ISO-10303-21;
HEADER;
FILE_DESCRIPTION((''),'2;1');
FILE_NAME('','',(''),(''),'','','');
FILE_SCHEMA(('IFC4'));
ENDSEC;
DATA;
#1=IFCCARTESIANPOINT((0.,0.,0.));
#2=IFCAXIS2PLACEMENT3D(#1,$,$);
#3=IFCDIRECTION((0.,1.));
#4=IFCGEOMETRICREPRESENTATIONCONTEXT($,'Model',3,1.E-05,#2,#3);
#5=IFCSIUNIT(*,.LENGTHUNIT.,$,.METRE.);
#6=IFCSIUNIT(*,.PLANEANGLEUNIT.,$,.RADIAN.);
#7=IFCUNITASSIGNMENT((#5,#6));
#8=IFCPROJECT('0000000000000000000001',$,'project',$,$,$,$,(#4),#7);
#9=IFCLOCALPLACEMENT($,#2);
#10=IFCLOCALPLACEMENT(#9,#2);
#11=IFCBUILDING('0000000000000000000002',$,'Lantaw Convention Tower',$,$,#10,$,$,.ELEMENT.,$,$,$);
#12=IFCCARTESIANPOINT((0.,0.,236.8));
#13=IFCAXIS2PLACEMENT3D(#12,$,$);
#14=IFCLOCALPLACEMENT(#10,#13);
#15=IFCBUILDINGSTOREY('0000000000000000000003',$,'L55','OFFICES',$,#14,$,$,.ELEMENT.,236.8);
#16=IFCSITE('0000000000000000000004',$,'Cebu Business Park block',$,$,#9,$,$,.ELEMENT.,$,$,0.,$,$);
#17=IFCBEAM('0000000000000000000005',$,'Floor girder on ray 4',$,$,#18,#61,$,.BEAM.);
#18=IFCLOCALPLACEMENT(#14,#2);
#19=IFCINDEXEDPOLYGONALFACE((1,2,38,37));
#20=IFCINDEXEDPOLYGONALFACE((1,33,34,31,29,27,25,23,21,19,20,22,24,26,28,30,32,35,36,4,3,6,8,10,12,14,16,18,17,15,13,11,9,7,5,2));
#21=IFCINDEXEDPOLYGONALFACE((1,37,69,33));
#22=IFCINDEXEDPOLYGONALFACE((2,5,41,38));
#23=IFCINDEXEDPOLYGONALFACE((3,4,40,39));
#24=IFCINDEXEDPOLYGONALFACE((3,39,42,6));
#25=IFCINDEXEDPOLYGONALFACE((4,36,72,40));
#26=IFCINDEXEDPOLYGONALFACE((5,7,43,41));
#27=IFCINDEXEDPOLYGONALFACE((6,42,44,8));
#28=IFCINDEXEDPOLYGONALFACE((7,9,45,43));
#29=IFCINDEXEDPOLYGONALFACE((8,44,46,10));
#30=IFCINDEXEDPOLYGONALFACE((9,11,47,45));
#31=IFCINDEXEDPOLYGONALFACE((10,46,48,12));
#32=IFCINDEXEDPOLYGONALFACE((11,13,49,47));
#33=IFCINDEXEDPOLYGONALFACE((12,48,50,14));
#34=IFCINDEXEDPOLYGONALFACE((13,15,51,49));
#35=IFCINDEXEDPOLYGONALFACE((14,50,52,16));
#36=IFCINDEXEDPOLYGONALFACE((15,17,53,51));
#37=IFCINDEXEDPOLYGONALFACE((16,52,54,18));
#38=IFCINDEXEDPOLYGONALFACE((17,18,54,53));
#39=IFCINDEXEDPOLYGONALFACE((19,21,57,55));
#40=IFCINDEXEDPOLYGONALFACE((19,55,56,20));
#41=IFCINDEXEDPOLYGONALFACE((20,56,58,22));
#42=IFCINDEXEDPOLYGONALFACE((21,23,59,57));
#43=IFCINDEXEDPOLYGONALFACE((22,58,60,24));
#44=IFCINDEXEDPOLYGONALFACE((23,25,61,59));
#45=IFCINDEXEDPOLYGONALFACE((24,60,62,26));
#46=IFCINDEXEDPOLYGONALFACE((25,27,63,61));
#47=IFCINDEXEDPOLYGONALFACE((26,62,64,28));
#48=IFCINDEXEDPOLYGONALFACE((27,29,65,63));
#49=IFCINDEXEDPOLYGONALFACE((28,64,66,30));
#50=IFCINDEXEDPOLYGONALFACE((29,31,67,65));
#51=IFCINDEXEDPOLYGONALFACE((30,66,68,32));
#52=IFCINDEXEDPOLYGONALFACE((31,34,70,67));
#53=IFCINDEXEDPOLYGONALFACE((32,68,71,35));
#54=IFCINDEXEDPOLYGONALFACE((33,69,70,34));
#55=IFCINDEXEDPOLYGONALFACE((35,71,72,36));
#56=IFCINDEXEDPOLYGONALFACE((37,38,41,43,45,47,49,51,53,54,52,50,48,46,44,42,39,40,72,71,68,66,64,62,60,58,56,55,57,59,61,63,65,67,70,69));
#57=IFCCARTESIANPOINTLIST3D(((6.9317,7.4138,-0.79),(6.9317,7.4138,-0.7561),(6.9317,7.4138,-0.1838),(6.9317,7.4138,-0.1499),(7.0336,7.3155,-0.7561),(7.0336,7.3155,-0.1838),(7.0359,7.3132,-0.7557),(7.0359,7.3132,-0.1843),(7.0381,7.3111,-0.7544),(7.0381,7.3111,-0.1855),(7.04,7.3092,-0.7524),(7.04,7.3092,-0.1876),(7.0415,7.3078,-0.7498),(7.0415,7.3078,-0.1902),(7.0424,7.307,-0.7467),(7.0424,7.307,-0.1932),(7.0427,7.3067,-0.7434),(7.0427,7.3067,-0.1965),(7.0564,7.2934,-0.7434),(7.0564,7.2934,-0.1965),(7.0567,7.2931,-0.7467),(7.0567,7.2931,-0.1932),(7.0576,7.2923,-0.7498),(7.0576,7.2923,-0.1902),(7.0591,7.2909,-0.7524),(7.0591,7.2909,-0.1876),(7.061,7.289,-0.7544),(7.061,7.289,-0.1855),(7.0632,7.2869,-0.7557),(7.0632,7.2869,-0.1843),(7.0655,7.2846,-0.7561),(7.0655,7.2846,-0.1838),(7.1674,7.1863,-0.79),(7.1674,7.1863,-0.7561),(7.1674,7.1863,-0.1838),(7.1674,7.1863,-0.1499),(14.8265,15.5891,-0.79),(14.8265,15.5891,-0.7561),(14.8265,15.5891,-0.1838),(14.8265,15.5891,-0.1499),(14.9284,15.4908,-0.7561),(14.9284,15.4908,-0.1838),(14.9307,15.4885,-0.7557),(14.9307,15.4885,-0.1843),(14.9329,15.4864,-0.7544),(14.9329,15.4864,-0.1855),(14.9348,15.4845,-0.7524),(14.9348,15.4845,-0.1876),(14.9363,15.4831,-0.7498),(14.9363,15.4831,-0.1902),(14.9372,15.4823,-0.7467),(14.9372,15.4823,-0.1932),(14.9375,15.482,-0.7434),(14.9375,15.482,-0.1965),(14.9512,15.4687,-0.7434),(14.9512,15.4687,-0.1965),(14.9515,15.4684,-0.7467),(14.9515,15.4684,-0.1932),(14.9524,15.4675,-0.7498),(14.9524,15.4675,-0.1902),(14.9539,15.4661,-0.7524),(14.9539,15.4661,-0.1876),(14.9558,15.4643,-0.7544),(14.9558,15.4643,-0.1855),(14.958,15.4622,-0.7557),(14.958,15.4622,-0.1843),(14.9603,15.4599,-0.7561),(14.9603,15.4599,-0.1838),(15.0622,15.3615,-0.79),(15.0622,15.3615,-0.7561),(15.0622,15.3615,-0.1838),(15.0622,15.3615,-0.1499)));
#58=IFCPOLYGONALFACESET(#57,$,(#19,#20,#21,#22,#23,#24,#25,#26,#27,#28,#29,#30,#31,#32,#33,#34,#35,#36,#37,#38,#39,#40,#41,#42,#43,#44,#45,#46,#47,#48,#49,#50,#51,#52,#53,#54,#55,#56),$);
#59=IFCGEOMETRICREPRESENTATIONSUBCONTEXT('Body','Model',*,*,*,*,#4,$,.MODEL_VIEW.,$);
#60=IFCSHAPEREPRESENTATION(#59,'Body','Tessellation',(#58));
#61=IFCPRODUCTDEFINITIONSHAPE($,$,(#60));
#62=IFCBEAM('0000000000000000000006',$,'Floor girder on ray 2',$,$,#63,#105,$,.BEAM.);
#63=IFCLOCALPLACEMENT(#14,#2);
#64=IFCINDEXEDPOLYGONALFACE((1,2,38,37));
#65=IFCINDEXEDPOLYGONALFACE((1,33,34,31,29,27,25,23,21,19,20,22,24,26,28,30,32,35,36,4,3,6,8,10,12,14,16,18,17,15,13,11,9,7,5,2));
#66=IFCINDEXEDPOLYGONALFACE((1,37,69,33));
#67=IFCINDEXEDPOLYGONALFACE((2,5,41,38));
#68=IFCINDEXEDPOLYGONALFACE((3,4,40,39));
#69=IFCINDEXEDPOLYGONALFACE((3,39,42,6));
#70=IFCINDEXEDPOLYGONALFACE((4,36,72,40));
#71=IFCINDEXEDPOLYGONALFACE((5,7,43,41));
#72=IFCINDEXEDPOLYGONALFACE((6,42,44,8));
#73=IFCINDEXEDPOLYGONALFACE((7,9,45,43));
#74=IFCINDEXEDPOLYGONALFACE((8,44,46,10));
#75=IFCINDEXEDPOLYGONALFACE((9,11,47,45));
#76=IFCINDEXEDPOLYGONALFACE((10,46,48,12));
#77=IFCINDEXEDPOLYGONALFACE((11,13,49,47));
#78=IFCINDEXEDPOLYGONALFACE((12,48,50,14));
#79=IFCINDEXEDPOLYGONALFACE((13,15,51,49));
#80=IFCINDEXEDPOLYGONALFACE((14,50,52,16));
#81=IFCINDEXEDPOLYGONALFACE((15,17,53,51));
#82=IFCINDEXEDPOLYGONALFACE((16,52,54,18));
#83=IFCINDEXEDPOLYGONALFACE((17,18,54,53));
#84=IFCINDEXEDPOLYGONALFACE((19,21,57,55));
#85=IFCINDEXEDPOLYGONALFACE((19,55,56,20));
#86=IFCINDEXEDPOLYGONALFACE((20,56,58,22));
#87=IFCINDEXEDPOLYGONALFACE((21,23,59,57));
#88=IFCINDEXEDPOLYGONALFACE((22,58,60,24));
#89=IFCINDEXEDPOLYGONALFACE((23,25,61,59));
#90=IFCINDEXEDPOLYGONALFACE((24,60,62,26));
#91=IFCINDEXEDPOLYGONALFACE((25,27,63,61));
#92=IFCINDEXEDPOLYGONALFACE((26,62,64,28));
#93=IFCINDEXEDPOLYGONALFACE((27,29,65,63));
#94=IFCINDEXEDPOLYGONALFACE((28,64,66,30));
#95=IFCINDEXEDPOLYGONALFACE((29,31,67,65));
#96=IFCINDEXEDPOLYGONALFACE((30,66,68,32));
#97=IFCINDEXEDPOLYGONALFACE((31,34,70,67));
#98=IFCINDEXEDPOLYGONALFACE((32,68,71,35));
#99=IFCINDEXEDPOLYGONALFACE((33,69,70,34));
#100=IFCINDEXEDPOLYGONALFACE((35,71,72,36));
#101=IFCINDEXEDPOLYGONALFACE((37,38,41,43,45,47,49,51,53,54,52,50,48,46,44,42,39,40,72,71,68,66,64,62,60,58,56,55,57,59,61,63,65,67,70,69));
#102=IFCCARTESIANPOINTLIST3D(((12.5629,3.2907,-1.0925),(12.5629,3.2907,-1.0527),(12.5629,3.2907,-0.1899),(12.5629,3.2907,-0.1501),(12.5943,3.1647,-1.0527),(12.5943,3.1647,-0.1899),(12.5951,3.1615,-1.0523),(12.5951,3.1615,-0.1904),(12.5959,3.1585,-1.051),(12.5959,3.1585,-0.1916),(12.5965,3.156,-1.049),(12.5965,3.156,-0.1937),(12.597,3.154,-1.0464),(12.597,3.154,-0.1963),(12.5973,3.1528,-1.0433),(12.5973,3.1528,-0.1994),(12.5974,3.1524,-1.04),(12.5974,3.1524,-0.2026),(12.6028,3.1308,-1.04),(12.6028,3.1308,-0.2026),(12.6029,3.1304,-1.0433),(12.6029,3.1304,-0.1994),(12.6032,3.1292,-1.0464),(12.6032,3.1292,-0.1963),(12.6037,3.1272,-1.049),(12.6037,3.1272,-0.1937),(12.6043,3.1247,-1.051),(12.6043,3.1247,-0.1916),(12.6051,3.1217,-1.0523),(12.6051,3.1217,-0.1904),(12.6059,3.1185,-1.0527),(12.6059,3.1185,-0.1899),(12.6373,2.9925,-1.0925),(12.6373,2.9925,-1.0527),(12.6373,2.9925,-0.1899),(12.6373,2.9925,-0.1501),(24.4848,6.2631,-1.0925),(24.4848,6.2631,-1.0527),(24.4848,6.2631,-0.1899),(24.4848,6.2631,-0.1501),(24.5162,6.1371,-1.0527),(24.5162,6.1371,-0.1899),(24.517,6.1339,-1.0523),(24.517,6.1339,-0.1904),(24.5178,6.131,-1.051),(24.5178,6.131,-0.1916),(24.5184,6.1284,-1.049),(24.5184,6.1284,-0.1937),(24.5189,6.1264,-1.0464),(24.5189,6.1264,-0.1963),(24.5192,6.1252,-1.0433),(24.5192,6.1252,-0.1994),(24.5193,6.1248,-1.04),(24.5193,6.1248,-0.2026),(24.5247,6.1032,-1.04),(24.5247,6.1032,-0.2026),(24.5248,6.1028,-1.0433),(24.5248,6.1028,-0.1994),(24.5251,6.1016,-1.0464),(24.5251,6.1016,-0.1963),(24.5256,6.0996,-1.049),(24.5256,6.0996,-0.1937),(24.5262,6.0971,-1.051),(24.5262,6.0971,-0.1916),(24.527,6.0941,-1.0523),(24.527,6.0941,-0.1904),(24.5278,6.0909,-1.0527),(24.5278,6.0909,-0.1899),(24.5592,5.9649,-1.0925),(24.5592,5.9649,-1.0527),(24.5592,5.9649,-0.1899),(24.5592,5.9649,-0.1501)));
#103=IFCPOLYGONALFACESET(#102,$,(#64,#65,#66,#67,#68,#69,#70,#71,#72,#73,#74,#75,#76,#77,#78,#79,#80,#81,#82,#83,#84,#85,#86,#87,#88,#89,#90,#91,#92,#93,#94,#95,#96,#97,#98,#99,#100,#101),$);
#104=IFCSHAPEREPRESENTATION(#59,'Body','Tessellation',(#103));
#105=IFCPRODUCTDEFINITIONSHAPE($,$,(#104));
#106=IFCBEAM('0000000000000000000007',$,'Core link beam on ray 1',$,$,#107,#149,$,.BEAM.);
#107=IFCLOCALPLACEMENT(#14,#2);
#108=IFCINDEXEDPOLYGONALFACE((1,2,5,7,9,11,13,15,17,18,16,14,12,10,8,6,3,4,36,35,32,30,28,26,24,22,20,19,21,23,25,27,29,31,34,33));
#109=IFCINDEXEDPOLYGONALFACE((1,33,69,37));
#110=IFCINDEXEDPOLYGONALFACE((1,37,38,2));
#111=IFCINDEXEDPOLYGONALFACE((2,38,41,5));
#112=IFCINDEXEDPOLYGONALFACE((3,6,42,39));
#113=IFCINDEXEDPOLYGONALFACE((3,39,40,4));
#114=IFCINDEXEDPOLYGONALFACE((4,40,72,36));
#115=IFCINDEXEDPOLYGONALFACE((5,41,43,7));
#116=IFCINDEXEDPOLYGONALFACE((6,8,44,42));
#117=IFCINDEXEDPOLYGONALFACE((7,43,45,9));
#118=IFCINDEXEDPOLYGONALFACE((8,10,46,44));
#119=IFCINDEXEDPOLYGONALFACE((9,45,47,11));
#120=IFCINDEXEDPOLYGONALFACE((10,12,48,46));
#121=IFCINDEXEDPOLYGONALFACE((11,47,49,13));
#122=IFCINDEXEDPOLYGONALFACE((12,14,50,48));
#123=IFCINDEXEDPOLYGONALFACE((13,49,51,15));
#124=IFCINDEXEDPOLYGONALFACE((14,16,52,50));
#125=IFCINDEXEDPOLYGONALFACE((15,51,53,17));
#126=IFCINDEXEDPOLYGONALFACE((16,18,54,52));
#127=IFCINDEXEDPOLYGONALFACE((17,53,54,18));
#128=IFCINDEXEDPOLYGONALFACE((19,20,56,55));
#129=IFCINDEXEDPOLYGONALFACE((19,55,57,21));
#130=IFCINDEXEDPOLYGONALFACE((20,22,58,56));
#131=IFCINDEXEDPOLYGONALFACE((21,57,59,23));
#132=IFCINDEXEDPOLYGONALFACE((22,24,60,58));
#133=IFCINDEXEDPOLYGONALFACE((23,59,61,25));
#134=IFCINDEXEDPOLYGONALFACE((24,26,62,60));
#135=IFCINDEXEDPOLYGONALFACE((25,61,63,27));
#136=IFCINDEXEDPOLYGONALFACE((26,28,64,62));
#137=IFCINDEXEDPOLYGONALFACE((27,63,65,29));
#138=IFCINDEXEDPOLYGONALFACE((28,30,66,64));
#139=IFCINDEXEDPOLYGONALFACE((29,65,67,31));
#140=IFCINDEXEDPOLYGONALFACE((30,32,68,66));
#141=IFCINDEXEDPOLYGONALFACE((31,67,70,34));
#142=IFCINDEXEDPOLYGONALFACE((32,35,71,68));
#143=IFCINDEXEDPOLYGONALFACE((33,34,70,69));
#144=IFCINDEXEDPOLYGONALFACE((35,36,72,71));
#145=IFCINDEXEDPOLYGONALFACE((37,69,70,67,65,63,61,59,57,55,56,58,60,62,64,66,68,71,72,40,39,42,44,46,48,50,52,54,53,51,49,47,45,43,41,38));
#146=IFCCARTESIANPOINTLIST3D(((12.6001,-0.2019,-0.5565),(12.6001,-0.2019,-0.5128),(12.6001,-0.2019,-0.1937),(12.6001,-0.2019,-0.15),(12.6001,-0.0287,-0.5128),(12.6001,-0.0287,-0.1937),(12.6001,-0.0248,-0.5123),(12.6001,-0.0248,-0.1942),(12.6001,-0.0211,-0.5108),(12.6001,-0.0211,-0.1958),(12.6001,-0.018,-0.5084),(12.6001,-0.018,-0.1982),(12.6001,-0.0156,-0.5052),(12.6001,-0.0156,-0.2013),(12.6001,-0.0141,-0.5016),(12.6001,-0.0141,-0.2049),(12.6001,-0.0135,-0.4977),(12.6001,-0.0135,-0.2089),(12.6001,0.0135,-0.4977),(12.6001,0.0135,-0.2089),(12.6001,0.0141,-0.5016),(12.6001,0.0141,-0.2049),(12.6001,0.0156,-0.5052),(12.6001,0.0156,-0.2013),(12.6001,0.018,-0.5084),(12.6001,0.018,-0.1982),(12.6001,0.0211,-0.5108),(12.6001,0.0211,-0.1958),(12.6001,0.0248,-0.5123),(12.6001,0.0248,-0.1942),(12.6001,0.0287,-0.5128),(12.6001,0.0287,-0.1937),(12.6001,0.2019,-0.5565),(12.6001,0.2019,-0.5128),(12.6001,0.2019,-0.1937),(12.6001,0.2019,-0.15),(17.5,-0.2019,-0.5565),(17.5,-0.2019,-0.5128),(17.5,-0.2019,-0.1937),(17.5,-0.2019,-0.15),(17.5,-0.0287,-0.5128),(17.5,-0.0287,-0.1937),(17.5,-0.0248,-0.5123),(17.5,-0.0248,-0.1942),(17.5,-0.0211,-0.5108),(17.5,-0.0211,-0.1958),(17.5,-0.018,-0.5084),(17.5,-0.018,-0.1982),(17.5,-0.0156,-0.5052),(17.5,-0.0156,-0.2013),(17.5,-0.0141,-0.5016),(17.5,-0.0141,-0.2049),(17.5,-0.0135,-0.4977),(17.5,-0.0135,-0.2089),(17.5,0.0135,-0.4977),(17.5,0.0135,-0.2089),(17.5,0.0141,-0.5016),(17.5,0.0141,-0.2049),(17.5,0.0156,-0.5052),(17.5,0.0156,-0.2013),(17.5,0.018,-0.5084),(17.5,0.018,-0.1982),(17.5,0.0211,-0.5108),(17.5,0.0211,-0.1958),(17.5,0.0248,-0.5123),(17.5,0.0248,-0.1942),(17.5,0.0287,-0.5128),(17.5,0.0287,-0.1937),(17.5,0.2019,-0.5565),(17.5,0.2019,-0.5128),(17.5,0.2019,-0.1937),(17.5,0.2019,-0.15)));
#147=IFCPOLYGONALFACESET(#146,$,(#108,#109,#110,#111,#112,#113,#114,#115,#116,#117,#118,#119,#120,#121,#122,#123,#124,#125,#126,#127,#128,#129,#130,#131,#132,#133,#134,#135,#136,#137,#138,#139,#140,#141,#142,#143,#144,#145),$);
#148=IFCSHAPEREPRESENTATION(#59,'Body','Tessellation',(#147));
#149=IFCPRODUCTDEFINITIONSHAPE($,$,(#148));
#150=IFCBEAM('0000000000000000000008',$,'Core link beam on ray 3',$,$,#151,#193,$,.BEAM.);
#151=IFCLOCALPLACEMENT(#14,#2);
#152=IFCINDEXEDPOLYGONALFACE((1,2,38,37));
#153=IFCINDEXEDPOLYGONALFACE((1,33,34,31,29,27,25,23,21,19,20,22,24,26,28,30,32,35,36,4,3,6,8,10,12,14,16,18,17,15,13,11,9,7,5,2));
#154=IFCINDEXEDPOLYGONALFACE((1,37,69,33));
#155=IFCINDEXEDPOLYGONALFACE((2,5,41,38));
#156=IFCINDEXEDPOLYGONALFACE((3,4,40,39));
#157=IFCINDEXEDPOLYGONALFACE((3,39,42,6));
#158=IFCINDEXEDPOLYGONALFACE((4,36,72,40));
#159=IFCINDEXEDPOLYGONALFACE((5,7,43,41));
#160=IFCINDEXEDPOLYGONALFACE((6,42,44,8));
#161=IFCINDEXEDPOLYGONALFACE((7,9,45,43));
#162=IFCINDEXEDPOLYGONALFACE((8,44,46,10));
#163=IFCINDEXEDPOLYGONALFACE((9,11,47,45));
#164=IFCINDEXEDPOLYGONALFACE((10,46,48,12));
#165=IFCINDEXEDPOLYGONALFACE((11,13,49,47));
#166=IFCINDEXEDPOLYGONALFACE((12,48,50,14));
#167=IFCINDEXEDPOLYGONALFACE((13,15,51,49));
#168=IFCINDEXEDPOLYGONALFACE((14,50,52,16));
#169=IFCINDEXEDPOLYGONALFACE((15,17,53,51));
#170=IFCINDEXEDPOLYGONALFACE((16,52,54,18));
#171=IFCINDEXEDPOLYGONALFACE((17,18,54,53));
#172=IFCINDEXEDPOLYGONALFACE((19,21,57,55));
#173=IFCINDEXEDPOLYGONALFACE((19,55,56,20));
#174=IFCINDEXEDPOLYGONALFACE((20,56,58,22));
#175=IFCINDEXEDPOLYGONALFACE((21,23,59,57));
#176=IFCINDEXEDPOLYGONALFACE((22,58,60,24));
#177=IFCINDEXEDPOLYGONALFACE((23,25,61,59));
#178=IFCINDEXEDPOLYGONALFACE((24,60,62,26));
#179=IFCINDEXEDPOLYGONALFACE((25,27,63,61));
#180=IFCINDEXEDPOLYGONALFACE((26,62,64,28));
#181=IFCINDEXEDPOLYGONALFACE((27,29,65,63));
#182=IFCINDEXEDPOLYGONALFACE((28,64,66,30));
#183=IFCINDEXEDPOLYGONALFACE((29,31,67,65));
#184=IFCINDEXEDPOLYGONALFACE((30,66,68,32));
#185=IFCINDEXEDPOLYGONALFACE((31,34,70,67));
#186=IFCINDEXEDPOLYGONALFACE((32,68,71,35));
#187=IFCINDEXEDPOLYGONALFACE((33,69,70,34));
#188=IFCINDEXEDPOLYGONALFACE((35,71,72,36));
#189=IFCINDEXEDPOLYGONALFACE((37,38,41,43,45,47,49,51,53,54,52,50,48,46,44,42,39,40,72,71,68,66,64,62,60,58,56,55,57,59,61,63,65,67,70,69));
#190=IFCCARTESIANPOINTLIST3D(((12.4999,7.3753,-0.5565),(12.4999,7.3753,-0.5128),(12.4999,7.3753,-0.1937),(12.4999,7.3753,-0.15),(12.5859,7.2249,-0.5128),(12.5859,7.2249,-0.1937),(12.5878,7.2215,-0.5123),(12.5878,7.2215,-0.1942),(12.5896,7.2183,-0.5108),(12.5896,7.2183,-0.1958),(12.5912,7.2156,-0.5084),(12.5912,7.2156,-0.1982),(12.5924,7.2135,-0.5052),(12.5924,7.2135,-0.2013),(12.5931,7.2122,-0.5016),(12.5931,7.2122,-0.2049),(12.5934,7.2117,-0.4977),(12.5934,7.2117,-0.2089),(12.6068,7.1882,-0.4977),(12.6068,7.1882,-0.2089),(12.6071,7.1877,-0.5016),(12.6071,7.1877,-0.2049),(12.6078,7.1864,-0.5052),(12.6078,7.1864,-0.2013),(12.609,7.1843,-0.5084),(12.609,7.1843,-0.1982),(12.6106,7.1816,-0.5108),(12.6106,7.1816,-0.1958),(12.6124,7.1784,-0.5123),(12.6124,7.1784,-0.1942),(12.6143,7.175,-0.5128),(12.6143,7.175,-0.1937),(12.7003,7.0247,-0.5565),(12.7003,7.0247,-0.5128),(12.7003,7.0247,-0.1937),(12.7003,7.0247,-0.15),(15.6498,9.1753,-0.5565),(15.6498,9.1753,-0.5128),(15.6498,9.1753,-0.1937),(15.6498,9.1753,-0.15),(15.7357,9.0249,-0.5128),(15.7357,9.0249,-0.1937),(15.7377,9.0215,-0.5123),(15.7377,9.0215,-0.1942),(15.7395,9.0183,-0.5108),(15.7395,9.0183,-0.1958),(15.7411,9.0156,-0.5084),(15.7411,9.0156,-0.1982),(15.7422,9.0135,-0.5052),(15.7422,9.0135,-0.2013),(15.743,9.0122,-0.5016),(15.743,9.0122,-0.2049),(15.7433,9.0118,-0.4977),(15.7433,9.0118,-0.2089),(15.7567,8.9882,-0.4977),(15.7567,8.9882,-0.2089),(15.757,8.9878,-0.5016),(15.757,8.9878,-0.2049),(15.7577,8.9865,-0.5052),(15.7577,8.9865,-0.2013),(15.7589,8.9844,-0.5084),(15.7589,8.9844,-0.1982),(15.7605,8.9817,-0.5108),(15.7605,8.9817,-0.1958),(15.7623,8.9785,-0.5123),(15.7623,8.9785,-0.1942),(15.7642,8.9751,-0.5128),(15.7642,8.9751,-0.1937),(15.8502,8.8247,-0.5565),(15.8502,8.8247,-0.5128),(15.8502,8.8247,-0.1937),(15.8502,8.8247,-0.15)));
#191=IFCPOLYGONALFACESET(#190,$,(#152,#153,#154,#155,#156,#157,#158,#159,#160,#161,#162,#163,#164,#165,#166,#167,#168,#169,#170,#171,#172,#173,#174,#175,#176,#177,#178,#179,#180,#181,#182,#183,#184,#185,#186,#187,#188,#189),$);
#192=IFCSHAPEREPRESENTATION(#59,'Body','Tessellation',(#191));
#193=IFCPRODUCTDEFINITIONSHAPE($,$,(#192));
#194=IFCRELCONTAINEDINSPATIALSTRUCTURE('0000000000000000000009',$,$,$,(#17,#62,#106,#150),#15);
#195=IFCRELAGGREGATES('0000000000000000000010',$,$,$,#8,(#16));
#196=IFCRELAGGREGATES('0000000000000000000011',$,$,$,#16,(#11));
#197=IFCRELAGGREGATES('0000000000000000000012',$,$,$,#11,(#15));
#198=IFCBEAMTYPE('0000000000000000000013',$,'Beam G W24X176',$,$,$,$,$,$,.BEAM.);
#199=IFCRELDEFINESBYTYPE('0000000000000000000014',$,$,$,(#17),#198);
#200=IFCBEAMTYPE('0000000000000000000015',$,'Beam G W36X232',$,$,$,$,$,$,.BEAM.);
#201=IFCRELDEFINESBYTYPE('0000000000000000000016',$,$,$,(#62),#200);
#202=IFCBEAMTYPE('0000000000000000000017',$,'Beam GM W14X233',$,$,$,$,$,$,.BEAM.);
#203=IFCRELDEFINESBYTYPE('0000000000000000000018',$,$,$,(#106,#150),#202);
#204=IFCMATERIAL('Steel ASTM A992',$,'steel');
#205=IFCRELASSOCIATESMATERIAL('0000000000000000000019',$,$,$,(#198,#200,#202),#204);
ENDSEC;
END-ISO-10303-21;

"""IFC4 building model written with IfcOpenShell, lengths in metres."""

from ifc_helpers import new_model, si_unit, direction, frame, origin, origin_2d, place, context, subcontext, project, spatial, i_section, extrude, material, material_profile, profile_set, type_object, element, save


model = new_model("IFC4")

# Units and contexts
model_context = context("Model", 3, precision=1e-05, world=origin(), true_north=direction((0.0, 1.0)))
body_context = subcontext(model_context, "Body", "Model", "MODEL_VIEW")
ifc_project = project(units=[si_unit("LENGTHUNIT", "METRE"), si_unit("PLANEANGLEUNIT", "RADIAN")], contexts=[model_context])

# Site, building, storey
site_placement = place(None, origin())
site = spatial("IfcSite", under=ifc_project, at=site_placement, Name="Cebu Business Park block", CompositionType="ELEMENT", RefElevation=0.0)
building_placement = place(site_placement, origin())
building = spatial("IfcBuilding", under=site, at=building_placement, Name="Lantaw Convention Tower", CompositionType="ELEMENT")
storey_placement = place(building_placement, frame((0.0, 0.0, 236.8)))
storey = spatial("IfcBuildingStorey", under=building, at=storey_placement, Name="L55", Description="OFFICES", CompositionType="ELEMENT", Elevation=236.8)

# Beams
ifc_material_1 = material(Name="Steel ASTM A992", Category="steel")
ifc_material_profile_1 = material_profile(ifc_material_1, i_section(OverallWidth=0.3276, OverallDepth=0.6401, WebThickness=0.019, FlangeThickness=0.0339, FilletRadius=0.0127, at=origin_2d()), Name="W24X176")
ifc_profile_set_1 = profile_set([ifc_material_profile_1], Name="Steel ASTM A992")
beam_type_1 = type_object("IfcBeamType", Name="Beam G W24X176", PredefinedType="BEAM", material=ifc_profile_set_1)
beam_1_placement = place(storey_placement, frame((7.0496, 7.3, -0.47), z_axis=(0.694658, 0.71934, 0.0), x_axis=(-0.71934, 0.694658, 0.0)))
element("IfcBeam", 1, at=beam_1_placement, inside=storey, type_object=beam_type_1, Name="Floor girder on ray 4", PredefinedType="BEAM", context=body_context, shape_type="SweptSolid", body=[
    extrude(i_section(OverallWidth=0.3276, OverallDepth=0.6401, WebThickness=0.019, FlangeThickness=0.0339, FilletRadius=0.0127, at=origin_2d()), origin(), (0.0, 0.0, 1.0), 11.365),
])
ifc_material_profile_2 = material_profile(ifc_material_1, i_section(OverallWidth=0.3074, OverallDepth=0.9424, WebThickness=0.0222, FlangeThickness=0.0398, FilletRadius=0.0127, at=origin_2d()), Name="W36X232")
ifc_profile_set_2 = profile_set([ifc_material_profile_2], Name="Steel ASTM A992")
beam_type_2 = type_object("IfcBeamType", Name="Beam G W36X232", PredefinedType="BEAM", material=ifc_profile_set_2)
beam_2_placement = place(storey_placement, frame((12.6001, 3.1416, -0.6213), z_axis=(0.970297, 0.241918, 0.0), x_axis=(-0.241918, 0.970297, 0.0)))
element("IfcBeam", 2, at=beam_2_placement, inside=storey, type_object=beam_type_2, Name="Floor girder on ray 2", PredefinedType="BEAM", context=body_context, shape_type="SweptSolid", body=[
    extrude(i_section(OverallWidth=0.3074, OverallDepth=0.9424, WebThickness=0.0222, FlangeThickness=0.0398, FilletRadius=0.0127, at=origin_2d()), origin(), (0.0, 0.0, 1.0), 12.2869),
])
ifc_material_profile_3 = material_profile(ifc_material_1, i_section(OverallWidth=0.4038, OverallDepth=0.4065, WebThickness=0.0271, FlangeThickness=0.0437, FilletRadius=0.0151, at=origin_2d()), Name="W14X233")
ifc_profile_set_3 = profile_set([ifc_material_profile_3], Name="Steel ASTM A992")
beam_type_3 = type_object("IfcBeamType", Name="Beam GM W14X233", PredefinedType="BEAM", material=ifc_profile_set_3)
beam_3_placement = place(storey_placement, frame((12.6001, 0.0, -0.3533), z_axis=(1.0, 0.0, 0.0), x_axis=(0.0, 1.0, 0.0)))
element("IfcBeam", 3, at=beam_3_placement, inside=storey, type_object=beam_type_3, Name="Core link beam on ray 1", PredefinedType="BEAM", context=body_context, shape_type="SweptSolid", body=[
    extrude(i_section(OverallWidth=0.4038, OverallDepth=0.4065, WebThickness=0.0271, FlangeThickness=0.0437, FilletRadius=0.0151, at=origin_2d()), origin(), (0.0, 0.0, 1.0), 4.8999),
])
beam_4_placement = place(storey_placement, frame((12.6001, 7.2, -0.3533), z_axis=(0.868231, 0.496161, 0.0), x_axis=(-0.496161, 0.868231, 0.0)))
element("IfcBeam", 4, at=beam_4_placement, inside=storey, type_object=beam_type_3, Name="Core link beam on ray 3", PredefinedType="BEAM", context=body_context, shape_type="SweptSolid", body=[
    extrude(i_section(OverallWidth=0.4038, OverallDepth=0.4065, WebThickness=0.0271, FlangeThickness=0.0437, FilletRadius=0.0151, at=origin_2d()), origin(), (0.0, 0.0, 1.0), 3.6279),
])

save(model, "model.ifc")
